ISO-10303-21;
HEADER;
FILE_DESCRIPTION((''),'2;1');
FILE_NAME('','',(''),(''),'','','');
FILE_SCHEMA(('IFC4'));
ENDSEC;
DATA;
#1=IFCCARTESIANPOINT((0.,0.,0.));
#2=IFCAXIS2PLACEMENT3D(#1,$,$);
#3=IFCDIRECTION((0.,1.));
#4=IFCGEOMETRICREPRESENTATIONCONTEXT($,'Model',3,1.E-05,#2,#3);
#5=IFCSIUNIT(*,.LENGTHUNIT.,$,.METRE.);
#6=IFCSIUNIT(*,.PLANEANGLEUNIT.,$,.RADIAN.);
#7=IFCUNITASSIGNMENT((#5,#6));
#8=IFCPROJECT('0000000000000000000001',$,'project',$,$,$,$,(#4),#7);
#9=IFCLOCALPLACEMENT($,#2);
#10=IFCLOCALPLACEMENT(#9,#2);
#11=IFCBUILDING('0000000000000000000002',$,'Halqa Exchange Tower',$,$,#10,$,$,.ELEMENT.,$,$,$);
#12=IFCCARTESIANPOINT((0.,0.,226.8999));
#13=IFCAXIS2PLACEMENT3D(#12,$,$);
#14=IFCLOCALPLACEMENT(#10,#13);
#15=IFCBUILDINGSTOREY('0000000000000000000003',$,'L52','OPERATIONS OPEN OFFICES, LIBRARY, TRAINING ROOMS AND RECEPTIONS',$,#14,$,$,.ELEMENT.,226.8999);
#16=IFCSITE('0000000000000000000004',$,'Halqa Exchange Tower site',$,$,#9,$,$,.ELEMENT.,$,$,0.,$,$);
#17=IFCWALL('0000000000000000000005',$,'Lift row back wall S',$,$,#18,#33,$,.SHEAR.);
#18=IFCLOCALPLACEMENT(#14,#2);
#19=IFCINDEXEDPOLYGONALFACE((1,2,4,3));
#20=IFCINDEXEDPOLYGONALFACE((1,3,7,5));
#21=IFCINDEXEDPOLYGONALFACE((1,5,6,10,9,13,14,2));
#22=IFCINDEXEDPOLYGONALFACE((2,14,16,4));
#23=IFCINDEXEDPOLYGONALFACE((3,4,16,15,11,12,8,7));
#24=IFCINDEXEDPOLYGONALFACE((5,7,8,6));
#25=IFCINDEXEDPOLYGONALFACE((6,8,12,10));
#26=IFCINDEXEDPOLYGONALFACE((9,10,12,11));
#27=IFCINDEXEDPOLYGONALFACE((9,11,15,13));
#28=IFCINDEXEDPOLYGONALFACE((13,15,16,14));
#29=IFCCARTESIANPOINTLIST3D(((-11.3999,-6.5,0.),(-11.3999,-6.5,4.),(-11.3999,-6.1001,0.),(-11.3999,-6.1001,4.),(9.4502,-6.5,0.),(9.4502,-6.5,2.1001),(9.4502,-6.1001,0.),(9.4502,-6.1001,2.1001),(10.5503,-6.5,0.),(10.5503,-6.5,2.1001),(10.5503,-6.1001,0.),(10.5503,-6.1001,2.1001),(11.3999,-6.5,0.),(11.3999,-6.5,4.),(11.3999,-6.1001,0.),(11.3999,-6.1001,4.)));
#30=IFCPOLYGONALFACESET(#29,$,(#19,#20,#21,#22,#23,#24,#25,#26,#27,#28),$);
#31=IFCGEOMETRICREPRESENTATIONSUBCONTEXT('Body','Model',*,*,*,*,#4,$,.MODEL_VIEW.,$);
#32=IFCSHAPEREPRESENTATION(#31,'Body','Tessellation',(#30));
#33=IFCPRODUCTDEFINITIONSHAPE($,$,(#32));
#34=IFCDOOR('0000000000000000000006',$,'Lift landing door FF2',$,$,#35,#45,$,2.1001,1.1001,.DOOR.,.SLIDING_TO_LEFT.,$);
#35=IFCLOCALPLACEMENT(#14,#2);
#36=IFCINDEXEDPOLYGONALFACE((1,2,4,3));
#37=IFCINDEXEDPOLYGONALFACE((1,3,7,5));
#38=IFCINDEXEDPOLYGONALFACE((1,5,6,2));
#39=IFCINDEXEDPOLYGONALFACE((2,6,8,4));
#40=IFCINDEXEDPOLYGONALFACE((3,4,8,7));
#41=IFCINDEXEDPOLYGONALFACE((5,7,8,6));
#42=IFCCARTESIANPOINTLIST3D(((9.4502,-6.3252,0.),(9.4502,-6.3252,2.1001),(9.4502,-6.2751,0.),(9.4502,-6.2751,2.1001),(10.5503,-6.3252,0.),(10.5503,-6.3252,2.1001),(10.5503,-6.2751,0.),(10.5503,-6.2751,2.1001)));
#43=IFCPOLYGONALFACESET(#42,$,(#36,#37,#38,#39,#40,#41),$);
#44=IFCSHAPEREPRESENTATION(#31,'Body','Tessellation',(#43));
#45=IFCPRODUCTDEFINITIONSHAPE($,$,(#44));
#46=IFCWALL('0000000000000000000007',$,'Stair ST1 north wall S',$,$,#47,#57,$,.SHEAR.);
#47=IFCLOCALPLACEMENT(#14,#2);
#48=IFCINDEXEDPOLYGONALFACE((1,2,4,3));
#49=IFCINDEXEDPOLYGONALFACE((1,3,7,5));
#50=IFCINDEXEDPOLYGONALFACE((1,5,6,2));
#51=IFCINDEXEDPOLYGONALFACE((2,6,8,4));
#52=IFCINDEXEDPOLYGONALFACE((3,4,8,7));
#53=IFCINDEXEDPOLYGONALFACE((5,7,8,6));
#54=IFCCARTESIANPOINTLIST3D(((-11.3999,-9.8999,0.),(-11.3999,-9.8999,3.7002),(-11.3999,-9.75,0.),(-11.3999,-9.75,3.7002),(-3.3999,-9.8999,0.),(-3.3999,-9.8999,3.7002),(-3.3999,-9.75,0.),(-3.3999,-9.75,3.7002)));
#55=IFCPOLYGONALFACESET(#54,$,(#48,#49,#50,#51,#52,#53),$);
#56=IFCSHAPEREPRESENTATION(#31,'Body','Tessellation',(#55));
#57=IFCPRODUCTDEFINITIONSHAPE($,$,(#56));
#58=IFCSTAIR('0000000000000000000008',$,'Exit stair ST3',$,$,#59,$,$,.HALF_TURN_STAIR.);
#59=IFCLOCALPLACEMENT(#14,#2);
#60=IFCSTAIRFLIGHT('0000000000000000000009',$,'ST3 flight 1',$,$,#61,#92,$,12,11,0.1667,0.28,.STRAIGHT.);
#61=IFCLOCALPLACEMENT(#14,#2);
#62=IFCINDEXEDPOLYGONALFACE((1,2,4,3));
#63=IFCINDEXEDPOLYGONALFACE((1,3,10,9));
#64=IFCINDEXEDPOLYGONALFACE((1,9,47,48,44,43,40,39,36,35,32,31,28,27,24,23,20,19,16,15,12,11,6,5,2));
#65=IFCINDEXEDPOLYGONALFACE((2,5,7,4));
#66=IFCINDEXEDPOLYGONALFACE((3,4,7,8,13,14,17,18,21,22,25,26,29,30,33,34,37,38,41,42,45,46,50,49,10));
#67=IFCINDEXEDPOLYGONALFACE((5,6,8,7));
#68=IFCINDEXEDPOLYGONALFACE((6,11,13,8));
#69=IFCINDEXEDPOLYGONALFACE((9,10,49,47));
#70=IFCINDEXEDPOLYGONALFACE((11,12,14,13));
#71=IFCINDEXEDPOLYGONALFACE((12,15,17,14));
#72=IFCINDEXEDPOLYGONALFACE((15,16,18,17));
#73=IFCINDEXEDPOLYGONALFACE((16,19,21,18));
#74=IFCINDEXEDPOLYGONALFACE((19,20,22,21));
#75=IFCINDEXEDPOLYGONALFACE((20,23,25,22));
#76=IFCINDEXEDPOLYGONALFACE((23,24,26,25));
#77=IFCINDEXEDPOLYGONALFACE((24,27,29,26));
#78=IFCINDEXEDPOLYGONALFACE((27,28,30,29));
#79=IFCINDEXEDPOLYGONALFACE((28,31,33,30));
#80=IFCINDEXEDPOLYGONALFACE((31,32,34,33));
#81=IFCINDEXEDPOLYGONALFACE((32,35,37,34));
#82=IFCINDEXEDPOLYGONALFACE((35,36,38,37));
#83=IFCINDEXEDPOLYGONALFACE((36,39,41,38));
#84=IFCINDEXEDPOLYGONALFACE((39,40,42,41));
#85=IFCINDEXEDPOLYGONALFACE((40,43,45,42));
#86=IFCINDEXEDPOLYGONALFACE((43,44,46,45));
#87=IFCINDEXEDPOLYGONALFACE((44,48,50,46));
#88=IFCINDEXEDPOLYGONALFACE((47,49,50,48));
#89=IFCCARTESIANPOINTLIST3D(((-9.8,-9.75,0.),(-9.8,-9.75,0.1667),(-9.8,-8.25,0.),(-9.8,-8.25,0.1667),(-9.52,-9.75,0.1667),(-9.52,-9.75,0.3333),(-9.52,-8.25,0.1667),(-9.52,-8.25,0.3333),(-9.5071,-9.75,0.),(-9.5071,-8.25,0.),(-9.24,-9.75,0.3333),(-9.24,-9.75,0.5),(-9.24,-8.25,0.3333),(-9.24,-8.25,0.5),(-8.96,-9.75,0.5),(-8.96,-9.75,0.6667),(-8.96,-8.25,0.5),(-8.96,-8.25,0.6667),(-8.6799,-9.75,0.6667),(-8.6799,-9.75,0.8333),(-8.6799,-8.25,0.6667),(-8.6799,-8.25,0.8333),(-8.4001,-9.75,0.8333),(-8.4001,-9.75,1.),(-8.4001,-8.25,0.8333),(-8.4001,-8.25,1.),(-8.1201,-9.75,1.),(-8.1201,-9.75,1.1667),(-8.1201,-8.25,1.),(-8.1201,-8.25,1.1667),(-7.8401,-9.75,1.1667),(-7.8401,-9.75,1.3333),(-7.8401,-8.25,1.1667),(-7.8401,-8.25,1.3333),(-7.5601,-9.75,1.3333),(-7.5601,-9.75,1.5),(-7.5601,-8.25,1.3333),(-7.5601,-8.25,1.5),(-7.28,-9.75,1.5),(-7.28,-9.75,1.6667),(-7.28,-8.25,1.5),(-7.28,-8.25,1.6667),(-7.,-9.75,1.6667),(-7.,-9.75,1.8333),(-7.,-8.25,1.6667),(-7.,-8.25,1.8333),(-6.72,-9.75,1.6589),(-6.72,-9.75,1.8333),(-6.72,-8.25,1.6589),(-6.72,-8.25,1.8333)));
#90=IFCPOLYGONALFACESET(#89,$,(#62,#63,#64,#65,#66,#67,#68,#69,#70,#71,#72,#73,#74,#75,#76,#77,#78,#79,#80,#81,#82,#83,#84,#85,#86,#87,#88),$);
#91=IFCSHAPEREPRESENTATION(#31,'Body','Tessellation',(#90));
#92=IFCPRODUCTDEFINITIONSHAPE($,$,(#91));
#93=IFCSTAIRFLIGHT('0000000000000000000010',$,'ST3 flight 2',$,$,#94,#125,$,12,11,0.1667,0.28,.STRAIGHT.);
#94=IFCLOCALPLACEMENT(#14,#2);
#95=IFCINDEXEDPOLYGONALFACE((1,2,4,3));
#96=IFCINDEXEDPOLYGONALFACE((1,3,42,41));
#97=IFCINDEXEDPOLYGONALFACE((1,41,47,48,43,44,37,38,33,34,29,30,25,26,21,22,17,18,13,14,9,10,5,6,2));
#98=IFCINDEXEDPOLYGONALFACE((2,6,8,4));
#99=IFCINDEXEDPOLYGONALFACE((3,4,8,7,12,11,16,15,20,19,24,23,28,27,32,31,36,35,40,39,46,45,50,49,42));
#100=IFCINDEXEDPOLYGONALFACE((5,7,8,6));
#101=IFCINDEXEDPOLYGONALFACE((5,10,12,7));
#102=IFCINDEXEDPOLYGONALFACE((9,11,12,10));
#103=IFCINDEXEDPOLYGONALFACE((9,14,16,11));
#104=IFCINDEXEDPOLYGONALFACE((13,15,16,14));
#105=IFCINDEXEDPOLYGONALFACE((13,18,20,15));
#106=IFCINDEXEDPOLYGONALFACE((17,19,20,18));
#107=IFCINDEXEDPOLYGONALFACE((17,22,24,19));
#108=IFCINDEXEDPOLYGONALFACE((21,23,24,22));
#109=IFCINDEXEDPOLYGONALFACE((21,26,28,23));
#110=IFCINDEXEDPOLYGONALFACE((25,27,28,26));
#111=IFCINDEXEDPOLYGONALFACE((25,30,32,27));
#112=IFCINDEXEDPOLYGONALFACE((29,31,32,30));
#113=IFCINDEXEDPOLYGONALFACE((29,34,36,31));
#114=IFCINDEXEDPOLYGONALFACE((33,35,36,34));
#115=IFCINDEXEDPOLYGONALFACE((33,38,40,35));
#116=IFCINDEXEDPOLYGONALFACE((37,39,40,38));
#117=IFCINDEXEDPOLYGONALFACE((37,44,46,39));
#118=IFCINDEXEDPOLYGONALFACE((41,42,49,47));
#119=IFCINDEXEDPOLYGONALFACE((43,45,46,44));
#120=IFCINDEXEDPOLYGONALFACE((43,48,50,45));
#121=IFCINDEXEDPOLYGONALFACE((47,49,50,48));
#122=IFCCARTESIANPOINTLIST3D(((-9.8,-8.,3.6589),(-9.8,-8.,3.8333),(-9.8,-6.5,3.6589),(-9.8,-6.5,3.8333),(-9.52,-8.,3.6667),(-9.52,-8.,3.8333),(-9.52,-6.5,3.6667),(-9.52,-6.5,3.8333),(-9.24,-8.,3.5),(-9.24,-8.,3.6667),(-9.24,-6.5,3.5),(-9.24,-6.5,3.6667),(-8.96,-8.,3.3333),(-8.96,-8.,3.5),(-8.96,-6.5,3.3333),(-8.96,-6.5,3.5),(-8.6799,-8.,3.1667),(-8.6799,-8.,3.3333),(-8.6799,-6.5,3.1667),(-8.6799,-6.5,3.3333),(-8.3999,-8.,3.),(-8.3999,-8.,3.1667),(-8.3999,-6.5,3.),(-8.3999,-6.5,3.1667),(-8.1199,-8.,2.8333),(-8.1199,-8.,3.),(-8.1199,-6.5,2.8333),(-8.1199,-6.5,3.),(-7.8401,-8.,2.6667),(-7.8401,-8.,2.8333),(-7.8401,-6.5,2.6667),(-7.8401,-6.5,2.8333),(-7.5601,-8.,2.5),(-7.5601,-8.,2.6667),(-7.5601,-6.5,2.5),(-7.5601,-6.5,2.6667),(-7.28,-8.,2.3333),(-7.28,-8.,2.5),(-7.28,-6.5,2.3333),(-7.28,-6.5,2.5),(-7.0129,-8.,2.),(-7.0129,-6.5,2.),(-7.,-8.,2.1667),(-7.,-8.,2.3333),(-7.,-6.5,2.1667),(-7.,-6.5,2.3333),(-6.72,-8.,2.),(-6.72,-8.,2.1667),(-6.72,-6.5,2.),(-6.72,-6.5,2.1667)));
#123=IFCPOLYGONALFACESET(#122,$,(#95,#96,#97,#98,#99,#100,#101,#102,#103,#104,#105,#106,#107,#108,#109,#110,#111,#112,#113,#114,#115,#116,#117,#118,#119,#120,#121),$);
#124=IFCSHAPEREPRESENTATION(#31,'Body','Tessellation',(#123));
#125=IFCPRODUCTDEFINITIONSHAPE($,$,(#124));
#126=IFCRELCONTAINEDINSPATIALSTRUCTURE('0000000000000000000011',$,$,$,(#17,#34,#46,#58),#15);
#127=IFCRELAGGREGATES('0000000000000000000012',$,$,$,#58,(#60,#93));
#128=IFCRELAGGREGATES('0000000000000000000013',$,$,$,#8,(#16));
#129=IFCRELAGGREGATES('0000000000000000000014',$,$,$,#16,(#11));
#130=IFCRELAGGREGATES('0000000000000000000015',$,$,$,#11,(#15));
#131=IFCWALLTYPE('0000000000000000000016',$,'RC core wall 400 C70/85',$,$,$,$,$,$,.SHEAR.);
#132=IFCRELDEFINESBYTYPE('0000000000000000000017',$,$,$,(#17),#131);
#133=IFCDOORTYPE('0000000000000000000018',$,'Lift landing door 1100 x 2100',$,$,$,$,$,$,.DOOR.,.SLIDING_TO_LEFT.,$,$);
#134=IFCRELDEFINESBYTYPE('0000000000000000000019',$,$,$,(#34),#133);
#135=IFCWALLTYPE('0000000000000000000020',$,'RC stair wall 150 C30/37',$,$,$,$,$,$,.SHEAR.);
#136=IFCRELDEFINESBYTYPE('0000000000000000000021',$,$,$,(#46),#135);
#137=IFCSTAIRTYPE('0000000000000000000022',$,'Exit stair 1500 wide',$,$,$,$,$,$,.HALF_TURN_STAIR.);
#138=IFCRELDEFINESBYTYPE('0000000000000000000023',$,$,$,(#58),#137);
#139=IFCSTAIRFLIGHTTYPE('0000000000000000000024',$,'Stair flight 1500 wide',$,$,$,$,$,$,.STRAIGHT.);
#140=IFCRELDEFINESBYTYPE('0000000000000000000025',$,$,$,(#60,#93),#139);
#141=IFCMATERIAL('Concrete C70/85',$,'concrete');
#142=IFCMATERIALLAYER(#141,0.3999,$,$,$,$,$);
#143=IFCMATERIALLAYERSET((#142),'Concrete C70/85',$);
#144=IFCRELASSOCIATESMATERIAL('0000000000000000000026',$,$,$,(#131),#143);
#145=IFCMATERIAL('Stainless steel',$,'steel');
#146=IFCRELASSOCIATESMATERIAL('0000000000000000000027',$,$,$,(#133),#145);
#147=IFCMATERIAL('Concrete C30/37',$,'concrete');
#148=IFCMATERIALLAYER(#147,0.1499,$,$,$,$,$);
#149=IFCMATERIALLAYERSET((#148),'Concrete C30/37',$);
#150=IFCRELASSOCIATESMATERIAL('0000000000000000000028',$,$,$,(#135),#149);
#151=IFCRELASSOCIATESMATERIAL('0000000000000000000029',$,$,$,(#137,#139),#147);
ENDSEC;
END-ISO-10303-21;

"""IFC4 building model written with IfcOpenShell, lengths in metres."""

from ifc_helpers import new_model, si_unit, direction, frame, frame_2d, origin, place, context, subcontext, project, spatial, polyline, rectangle, outline, extrude, material, layer, layer_set, type_object, element, fill, aggregate, save


model = new_model("IFC4")

# Units and contexts
model_context = context("Model", 3, precision=1e-05, world=origin(), true_north=direction((0.0, 1.0)))
body_context = subcontext(model_context, "Body", "Model", "MODEL_VIEW")
ifc_project = project(units=[si_unit("LENGTHUNIT", "METRE"), si_unit("PLANEANGLEUNIT", "RADIAN")], contexts=[model_context])

# Site, building, storey
site_placement = place(None, origin())
site = spatial("IfcSite", under=ifc_project, at=site_placement, Name="Halqa Exchange Tower site", CompositionType="ELEMENT", RefElevation=0.0)
building_placement = place(site_placement, origin())
building = spatial("IfcBuilding", under=site, at=building_placement, Name="Halqa Exchange Tower", CompositionType="ELEMENT")
storey_placement = place(building_placement, frame((0.0, 0.0, 226.8999)))
storey = spatial("IfcBuildingStorey", under=building, at=storey_placement, Name="L52", Description="OPERATIONS OPEN OFFICES, LIBRARY, TRAINING ROOMS AND RECEPTIONS", CompositionType="ELEMENT", Elevation=226.8999)

# Shared definitions
ifc_material_1 = material(Name="Concrete C70/85", Category="concrete")
ifc_layer_1 = layer(ifc_material_1, 0.3999)
ifc_layer_set_1 = layer_set([ifc_layer_1], Name="Concrete C70/85")
wall_type_1 = type_object("IfcWallType", Name="RC core wall 400 C70/85", PredefinedType="SHEAR", material=ifc_layer_set_1)
ifc_material_2 = material(Name="Stainless steel", Category="steel")
door_type_1 = type_object("IfcDoorType", Name="Lift landing door 1100 x 2100", OperationType="SLIDING_TO_LEFT", PredefinedType="DOOR", material=ifc_material_2)

# Wall, opening, door
wall_1_placement = place(storey_placement, frame((-11.3999, -6.3, 0.0), z_axis=(0.0, 0.0, 1.0), x_axis=(1.0, 0.0, 0.0)))
wall_1 = element("IfcWall", 1, at=wall_1_placement, inside=storey, type_object=wall_type_1, Name="Lift row back wall S", PredefinedType="SHEAR", context=body_context, shape_type="SweptSolid", body=[
    extrude(rectangle(XDim=22.7998, YDim=0.3999, at=frame_2d((11.3999, 0.0))), origin(), (0.0, 0.0, 1.0), 4.0),
])
opening_1_placement = place(wall_1_placement, frame((20.8501, 0.0, 0.0)))
opening_1 = element("IfcOpeningElement", 2, at=opening_1_placement, cuts=wall_1, PredefinedType="OPENING", context=body_context, shape_type="SweptSolid", body=[
    extrude(rectangle(XDim=1.1001, YDim=2.1001, at=frame_2d((0.55, 1.05))), frame((0.0, 0.2119, 0.0), z_axis=(0.0, -1.0, 0.0), x_axis=(1.0, 0.0, 0.0)), (0.0, 0.0, 1.0), 0.4238),
])
door_1_placement = place(opening_1_placement, origin())
door_1 = element("IfcDoor", 3, at=door_1_placement, inside=storey, type_object=door_type_1, Name="Lift landing door FF2", OperationType="SLIDING_TO_LEFT", OverallHeight=2.1001, OverallWidth=1.1001, PredefinedType="DOOR", context=body_context, shape_type="SweptSolid", body=[
    extrude(rectangle(XDim=1.1001, YDim=2.1001, at=frame_2d((0.55, 1.05))), frame((0.0, 0.0249, 0.0), z_axis=(0.0, -1.0, 0.0), x_axis=(1.0, 0.0, 0.0)), (0.0, 0.0, 1.0), 0.05),
])
fill(opening_1, door_1)

# Wall
ifc_material_3 = material(Name="Concrete C30/37", Category="concrete")
ifc_layer_2 = layer(ifc_material_3, 0.1499)
ifc_layer_set_2 = layer_set([ifc_layer_2], Name="Concrete C30/37")
wall_type_2 = type_object("IfcWallType", Name="RC stair wall 150 C30/37", PredefinedType="SHEAR", material=ifc_layer_set_2)
wall_2_placement = place(storey_placement, frame((-11.3999, -9.825, 0.0), z_axis=(0.0, 0.0, 1.0), x_axis=(1.0, 0.0, 0.0)))
element("IfcWall", 4, at=wall_2_placement, inside=storey, type_object=wall_type_2, Name="Stair ST1 north wall S", PredefinedType="SHEAR", context=body_context, shape_type="SweptSolid", body=[
    extrude(rectangle(XDim=8.0, YDim=0.1499, at=frame_2d((4.0, 0.0))), origin(), (0.0, 0.0, 1.0), 3.7002),
])

# Stair, stair flights
stair_type = type_object("IfcStairType", Name="Exit stair 1500 wide", PredefinedType="HALF_TURN_STAIR", material=ifc_material_3)
stair_placement = place(storey_placement, origin())
stair = element("IfcStair", 5, at=stair_placement, inside=storey, type_object=stair_type, Name="Exit stair ST3", PredefinedType="HALF_TURN_STAIR")
stair_flight_type = type_object("IfcStairFlightType", Name="Stair flight 1500 wide", PredefinedType="STRAIGHT", material=ifc_material_3)
stair_flight_1_placement = place(storey_placement, frame((-9.8, -9.0, 0.0), z_axis=(0.0, 0.0, 1.0), x_axis=(1.0, 0.0, 0.0)))
stair_flight_1 = element("IfcStairFlight", 6, at=stair_flight_1_placement, type_object=stair_flight_type, Name="ST3 flight 1", NumberOfRisers=12, NumberOfTreads=11, PredefinedType="STRAIGHT", RiserHeight=0.1667, TreadLength=0.28, context=body_context, shape_type="SweptSolid", body=[
    extrude(outline(polyline([(0.0, 0.0), (0.0, 0.1667), (0.28, 0.1667), (0.28, 0.3333), (0.5601, 0.3333), (0.5601, 0.5), (0.8401, 0.5), (0.8401, 0.6667), (1.1201, 0.6667), (1.1201, 0.8333), (1.3999, 0.8333), (1.3999, 1.0), (1.6799, 1.0), (1.6799, 1.1667), (1.96, 1.1667), (1.96, 1.3333), (2.24, 1.3333), (2.24, 1.5), (2.52, 1.5), (2.52, 1.6667), (2.8, 1.6667), (2.8, 1.8333), (3.0801, 1.8333), (3.0801, 2.0), (3.0801, 1.6589), (0.293, 0.0), (0.0, 0.0)])), frame((0.0, 0.75, 0.0), z_axis=(0.0, -1.0, 0.0), x_axis=(1.0, 0.0, 0.0)), (0.0, 0.0, 1.0), 1.5),
])
stair_flight_2_placement = place(storey_placement, frame((-6.72, -7.25, 2.0), z_axis=(0.0, 0.0, 1.0), x_axis=(-1.0, 0.0, 0.0)))
stair_flight_2 = element("IfcStairFlight", 7, at=stair_flight_2_placement, type_object=stair_flight_type, Name="ST3 flight 2", NumberOfRisers=12, NumberOfTreads=11, PredefinedType="STRAIGHT", RiserHeight=0.1667, TreadLength=0.28, context=body_context, shape_type="SweptSolid", body=[
    extrude(outline(polyline([(0.0, 0.0), (0.0, 0.1667), (0.28, 0.1667), (0.28, 0.3333), (0.5601, 0.3333), (0.5601, 0.5), (0.8401, 0.5), (0.8401, 0.6667), (1.1201, 0.6667), (1.1201, 0.8333), (1.3999, 0.8333), (1.3999, 1.0), (1.6799, 1.0), (1.6799, 1.1667), (1.96, 1.1667), (1.96, 1.3333), (2.24, 1.3333), (2.24, 1.5), (2.52, 1.5), (2.52, 1.6667), (2.8, 1.6667), (2.8, 1.8333), (3.0801, 1.8333), (3.0801, 2.0), (3.0801, 1.6589), (0.293, 0.0), (0.0, 0.0)])), frame((0.0, 0.75, 0.0), z_axis=(0.0, -1.0, 0.0), x_axis=(1.0, 0.0, 0.0)), (0.0, 0.0, 1.0), 1.5),
])
aggregate(stair, [stair_flight_1, stair_flight_2])

save(model, "model.ifc")
